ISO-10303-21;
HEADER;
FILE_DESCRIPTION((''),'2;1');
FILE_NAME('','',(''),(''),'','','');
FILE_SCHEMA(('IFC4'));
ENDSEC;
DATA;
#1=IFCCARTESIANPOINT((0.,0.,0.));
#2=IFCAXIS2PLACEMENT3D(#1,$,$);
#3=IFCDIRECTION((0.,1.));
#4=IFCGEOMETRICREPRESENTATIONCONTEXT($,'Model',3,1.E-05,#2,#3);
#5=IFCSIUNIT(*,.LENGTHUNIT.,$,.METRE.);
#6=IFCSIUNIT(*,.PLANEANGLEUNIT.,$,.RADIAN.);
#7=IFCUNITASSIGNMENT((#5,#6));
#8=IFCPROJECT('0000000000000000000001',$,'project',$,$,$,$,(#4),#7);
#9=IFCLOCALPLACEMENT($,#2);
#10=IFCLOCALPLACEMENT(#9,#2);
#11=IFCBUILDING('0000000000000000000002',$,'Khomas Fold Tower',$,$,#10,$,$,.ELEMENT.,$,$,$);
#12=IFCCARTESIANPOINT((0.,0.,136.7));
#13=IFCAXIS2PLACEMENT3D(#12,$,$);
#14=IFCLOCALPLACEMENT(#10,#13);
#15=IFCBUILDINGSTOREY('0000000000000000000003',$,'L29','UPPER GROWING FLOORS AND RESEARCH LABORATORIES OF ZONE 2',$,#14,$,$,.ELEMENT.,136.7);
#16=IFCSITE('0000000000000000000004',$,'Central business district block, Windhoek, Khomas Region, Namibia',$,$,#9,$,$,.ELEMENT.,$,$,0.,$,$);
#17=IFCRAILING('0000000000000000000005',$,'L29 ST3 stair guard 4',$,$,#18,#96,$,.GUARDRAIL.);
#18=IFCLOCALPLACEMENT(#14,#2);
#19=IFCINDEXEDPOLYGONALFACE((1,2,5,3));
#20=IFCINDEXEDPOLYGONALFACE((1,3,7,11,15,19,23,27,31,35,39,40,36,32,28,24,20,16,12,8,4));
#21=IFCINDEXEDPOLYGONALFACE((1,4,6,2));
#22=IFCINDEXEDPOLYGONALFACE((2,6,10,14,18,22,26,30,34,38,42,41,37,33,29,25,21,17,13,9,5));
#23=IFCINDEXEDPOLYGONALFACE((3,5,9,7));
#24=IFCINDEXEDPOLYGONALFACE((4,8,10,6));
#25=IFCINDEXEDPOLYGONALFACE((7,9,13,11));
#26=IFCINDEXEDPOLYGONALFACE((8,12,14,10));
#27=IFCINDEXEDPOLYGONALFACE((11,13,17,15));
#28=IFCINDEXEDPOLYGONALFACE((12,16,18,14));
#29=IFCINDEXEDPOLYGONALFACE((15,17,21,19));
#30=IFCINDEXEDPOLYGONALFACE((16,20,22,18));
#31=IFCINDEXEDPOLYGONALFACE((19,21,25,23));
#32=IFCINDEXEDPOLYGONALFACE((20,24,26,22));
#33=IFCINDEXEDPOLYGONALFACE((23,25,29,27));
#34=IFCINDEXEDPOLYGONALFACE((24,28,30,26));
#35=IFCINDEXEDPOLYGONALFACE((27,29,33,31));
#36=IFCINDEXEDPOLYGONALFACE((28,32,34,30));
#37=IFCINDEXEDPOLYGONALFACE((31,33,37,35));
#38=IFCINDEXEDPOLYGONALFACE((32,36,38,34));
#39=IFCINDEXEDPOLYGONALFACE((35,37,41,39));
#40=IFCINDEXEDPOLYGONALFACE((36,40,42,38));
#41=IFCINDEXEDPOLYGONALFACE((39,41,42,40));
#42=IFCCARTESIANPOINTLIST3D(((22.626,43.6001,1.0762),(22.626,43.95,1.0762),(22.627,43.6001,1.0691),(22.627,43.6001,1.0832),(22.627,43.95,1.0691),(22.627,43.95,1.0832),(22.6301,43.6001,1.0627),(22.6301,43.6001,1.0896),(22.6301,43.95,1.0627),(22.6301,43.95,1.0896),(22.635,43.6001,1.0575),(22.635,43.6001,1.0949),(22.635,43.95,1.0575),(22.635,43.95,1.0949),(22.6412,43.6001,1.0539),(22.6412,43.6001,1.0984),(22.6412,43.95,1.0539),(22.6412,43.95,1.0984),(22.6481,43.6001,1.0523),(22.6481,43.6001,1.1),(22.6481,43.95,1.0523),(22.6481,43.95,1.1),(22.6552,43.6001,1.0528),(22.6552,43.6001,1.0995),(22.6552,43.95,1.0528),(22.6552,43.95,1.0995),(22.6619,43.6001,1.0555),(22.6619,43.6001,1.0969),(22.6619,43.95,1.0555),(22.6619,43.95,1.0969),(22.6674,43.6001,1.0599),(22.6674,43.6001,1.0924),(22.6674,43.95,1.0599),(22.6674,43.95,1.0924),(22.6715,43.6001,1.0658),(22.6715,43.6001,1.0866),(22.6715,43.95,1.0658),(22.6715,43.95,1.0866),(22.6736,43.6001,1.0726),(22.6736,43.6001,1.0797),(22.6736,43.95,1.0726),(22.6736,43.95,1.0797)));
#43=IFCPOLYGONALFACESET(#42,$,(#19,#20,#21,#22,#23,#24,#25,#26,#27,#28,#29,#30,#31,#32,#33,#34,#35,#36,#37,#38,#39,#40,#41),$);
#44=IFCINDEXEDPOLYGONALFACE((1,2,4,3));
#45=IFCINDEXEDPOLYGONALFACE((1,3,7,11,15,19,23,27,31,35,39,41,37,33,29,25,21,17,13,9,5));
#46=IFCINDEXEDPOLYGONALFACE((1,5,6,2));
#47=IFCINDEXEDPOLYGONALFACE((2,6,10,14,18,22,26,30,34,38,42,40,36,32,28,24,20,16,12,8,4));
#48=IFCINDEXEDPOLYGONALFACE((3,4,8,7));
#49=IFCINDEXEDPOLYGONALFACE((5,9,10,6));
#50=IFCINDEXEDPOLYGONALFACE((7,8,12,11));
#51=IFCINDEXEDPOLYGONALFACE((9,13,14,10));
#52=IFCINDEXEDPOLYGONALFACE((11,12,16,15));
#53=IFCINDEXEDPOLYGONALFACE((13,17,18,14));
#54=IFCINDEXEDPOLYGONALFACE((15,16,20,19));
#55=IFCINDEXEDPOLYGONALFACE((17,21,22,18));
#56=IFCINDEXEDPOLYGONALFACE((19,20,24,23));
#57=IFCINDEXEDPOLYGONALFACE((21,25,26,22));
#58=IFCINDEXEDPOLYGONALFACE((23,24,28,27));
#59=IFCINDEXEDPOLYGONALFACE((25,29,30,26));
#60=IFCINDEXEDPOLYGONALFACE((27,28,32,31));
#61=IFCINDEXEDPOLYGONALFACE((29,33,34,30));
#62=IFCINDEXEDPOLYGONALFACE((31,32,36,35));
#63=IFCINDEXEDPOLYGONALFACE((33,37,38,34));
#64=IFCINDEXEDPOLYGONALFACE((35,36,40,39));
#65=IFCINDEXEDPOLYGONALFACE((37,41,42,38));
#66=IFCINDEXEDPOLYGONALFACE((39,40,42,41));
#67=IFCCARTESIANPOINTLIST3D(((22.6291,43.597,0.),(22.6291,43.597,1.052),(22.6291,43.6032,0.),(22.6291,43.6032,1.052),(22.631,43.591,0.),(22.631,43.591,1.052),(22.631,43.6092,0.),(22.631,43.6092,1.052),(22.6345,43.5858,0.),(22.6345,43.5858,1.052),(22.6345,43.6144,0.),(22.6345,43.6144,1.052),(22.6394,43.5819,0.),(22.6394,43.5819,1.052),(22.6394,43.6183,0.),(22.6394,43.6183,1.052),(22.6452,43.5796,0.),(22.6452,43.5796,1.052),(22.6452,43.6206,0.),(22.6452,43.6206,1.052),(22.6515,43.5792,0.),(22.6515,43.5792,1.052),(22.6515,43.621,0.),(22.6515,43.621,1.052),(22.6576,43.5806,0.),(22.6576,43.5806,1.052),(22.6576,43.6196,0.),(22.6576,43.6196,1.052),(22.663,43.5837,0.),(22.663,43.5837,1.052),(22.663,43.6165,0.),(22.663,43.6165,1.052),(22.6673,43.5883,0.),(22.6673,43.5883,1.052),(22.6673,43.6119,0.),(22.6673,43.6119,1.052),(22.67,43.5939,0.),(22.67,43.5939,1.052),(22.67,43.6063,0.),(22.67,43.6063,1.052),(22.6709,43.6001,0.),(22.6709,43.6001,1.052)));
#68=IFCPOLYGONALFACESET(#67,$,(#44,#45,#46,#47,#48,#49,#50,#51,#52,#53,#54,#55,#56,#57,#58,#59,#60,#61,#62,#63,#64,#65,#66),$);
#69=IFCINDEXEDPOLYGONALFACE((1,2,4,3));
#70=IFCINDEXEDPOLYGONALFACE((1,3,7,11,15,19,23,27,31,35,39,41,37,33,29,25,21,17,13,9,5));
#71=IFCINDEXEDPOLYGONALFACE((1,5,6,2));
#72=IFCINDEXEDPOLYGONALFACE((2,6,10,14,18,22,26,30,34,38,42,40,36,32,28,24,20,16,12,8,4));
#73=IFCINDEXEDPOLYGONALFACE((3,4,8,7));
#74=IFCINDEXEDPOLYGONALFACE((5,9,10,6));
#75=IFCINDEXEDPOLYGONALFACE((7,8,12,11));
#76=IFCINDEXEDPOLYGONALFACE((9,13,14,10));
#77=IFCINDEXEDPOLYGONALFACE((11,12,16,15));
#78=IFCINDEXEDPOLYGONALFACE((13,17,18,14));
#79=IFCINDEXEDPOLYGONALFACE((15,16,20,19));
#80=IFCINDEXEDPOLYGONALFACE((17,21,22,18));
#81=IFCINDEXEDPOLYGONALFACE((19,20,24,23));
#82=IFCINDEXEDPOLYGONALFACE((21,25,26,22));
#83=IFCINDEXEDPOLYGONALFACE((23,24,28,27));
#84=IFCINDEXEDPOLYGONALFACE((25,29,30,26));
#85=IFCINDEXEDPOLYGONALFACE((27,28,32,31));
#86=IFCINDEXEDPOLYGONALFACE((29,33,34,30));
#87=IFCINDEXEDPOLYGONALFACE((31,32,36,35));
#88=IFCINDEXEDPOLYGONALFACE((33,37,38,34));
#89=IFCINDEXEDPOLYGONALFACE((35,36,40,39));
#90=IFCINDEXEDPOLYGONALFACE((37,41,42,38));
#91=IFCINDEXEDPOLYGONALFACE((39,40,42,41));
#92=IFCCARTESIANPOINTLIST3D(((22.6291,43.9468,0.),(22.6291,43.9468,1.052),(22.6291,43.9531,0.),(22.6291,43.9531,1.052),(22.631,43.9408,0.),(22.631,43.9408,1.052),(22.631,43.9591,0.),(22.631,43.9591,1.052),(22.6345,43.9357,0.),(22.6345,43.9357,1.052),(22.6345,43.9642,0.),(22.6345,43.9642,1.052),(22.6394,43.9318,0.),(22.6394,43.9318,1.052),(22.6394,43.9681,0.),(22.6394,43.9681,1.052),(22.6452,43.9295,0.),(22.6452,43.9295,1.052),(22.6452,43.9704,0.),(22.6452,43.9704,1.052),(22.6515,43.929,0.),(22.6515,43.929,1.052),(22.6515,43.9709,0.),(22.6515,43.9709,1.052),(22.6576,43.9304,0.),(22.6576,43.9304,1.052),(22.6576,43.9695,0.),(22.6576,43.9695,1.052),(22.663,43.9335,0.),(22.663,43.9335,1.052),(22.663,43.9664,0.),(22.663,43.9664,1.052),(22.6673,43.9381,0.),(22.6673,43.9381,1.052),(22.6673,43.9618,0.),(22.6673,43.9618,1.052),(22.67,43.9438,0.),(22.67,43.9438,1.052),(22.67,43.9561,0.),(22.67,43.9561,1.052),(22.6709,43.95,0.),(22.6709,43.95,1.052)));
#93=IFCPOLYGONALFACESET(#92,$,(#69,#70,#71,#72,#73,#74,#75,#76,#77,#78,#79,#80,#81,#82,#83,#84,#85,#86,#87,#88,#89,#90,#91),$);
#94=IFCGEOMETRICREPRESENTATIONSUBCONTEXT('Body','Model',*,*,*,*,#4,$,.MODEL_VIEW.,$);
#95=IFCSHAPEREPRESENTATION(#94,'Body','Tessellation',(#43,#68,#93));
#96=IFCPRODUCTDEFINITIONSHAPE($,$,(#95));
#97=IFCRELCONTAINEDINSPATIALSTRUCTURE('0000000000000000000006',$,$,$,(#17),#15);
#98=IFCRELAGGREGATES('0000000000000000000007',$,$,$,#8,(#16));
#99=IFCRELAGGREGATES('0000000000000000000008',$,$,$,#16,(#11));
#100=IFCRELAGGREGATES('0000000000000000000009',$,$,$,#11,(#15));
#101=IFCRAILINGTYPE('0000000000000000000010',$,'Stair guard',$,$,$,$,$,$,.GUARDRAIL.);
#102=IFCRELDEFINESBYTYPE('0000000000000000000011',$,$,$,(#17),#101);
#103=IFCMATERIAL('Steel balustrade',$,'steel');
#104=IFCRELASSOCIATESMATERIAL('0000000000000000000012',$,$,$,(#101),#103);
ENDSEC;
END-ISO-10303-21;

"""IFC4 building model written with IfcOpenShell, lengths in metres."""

from ifc_helpers import new_model, si_unit, direction, frame, origin, origin_2d, place, context, subcontext, project, spatial, circle, extrude, source, transform, mapped, material, type_object, element, save


model = new_model("IFC4")

# Units and contexts
model_context = context("Model", 3, precision=1e-05, world=origin(), true_north=direction((0.0, 1.0)))
body_context = subcontext(model_context, "Body", "Model", "MODEL_VIEW")
ifc_project = project(units=[si_unit("LENGTHUNIT", "METRE"), si_unit("PLANEANGLEUNIT", "RADIAN")], contexts=[model_context])

# Site, building, storey
site_placement = place(None, origin())
site = spatial("IfcSite", under=ifc_project, at=site_placement, Name="Central business district block, Windhoek, Khomas Region, Namibia", CompositionType="ELEMENT", RefElevation=0.0)
building_placement = place(site_placement, origin())
building = spatial("IfcBuilding", under=site, at=building_placement, Name="Khomas Fold Tower", CompositionType="ELEMENT")
storey_placement = place(building_placement, frame((0.0, 0.0, 136.7)))
storey = spatial("IfcBuildingStorey", under=building, at=storey_placement, Name="L29", Description="UPPER GROWING FLOORS AND RESEARCH LABORATORIES OF ZONE 2", CompositionType="ELEMENT", Elevation=136.7)

# Railing
ifc_material_1 = material(Name="Steel balustrade", Category="steel")
railing_type_1 = type_object("IfcRailingType", Name="Stair guard", PredefinedType="GUARDRAIL", material=ifc_material_1)
shared_shape_1 = source(origin(), body_context, "Body", "SweptSolid", [
    extrude(circle(Radius=0.0239, at=origin_2d()), frame((0.0, 0.0, 1.0762), z_axis=(0.0, 1.0, 0.0), x_axis=(-1.0, 0.0, 0.0)), (0.0, 0.0, 1.0), 0.3499),
    extrude(circle(Radius=0.021, at=origin_2d()), origin(), (0.0, 0.0, 1.0), 1.052),
    extrude(circle(Radius=0.021, at=origin_2d()), frame((0.0, 0.3499, 0.0)), (0.0, 0.0, 1.0), 1.052),
])
for number, where, name in (
    (1, (22.6499, 43.6001, 0.0), "L29 ST3 stair guard 4"),
):
    element("IfcRailing", number, at=place(storey_placement, frame(where)), inside=storey, type_object=railing_type_1, Name=name, PredefinedType="GUARDRAIL", context=body_context, shape_type="MappedRepresentation", body=[
        mapped(shared_shape_1, transform((0.0, 0.0, 0.0))),
    ])

save(model, "model.ifc")
